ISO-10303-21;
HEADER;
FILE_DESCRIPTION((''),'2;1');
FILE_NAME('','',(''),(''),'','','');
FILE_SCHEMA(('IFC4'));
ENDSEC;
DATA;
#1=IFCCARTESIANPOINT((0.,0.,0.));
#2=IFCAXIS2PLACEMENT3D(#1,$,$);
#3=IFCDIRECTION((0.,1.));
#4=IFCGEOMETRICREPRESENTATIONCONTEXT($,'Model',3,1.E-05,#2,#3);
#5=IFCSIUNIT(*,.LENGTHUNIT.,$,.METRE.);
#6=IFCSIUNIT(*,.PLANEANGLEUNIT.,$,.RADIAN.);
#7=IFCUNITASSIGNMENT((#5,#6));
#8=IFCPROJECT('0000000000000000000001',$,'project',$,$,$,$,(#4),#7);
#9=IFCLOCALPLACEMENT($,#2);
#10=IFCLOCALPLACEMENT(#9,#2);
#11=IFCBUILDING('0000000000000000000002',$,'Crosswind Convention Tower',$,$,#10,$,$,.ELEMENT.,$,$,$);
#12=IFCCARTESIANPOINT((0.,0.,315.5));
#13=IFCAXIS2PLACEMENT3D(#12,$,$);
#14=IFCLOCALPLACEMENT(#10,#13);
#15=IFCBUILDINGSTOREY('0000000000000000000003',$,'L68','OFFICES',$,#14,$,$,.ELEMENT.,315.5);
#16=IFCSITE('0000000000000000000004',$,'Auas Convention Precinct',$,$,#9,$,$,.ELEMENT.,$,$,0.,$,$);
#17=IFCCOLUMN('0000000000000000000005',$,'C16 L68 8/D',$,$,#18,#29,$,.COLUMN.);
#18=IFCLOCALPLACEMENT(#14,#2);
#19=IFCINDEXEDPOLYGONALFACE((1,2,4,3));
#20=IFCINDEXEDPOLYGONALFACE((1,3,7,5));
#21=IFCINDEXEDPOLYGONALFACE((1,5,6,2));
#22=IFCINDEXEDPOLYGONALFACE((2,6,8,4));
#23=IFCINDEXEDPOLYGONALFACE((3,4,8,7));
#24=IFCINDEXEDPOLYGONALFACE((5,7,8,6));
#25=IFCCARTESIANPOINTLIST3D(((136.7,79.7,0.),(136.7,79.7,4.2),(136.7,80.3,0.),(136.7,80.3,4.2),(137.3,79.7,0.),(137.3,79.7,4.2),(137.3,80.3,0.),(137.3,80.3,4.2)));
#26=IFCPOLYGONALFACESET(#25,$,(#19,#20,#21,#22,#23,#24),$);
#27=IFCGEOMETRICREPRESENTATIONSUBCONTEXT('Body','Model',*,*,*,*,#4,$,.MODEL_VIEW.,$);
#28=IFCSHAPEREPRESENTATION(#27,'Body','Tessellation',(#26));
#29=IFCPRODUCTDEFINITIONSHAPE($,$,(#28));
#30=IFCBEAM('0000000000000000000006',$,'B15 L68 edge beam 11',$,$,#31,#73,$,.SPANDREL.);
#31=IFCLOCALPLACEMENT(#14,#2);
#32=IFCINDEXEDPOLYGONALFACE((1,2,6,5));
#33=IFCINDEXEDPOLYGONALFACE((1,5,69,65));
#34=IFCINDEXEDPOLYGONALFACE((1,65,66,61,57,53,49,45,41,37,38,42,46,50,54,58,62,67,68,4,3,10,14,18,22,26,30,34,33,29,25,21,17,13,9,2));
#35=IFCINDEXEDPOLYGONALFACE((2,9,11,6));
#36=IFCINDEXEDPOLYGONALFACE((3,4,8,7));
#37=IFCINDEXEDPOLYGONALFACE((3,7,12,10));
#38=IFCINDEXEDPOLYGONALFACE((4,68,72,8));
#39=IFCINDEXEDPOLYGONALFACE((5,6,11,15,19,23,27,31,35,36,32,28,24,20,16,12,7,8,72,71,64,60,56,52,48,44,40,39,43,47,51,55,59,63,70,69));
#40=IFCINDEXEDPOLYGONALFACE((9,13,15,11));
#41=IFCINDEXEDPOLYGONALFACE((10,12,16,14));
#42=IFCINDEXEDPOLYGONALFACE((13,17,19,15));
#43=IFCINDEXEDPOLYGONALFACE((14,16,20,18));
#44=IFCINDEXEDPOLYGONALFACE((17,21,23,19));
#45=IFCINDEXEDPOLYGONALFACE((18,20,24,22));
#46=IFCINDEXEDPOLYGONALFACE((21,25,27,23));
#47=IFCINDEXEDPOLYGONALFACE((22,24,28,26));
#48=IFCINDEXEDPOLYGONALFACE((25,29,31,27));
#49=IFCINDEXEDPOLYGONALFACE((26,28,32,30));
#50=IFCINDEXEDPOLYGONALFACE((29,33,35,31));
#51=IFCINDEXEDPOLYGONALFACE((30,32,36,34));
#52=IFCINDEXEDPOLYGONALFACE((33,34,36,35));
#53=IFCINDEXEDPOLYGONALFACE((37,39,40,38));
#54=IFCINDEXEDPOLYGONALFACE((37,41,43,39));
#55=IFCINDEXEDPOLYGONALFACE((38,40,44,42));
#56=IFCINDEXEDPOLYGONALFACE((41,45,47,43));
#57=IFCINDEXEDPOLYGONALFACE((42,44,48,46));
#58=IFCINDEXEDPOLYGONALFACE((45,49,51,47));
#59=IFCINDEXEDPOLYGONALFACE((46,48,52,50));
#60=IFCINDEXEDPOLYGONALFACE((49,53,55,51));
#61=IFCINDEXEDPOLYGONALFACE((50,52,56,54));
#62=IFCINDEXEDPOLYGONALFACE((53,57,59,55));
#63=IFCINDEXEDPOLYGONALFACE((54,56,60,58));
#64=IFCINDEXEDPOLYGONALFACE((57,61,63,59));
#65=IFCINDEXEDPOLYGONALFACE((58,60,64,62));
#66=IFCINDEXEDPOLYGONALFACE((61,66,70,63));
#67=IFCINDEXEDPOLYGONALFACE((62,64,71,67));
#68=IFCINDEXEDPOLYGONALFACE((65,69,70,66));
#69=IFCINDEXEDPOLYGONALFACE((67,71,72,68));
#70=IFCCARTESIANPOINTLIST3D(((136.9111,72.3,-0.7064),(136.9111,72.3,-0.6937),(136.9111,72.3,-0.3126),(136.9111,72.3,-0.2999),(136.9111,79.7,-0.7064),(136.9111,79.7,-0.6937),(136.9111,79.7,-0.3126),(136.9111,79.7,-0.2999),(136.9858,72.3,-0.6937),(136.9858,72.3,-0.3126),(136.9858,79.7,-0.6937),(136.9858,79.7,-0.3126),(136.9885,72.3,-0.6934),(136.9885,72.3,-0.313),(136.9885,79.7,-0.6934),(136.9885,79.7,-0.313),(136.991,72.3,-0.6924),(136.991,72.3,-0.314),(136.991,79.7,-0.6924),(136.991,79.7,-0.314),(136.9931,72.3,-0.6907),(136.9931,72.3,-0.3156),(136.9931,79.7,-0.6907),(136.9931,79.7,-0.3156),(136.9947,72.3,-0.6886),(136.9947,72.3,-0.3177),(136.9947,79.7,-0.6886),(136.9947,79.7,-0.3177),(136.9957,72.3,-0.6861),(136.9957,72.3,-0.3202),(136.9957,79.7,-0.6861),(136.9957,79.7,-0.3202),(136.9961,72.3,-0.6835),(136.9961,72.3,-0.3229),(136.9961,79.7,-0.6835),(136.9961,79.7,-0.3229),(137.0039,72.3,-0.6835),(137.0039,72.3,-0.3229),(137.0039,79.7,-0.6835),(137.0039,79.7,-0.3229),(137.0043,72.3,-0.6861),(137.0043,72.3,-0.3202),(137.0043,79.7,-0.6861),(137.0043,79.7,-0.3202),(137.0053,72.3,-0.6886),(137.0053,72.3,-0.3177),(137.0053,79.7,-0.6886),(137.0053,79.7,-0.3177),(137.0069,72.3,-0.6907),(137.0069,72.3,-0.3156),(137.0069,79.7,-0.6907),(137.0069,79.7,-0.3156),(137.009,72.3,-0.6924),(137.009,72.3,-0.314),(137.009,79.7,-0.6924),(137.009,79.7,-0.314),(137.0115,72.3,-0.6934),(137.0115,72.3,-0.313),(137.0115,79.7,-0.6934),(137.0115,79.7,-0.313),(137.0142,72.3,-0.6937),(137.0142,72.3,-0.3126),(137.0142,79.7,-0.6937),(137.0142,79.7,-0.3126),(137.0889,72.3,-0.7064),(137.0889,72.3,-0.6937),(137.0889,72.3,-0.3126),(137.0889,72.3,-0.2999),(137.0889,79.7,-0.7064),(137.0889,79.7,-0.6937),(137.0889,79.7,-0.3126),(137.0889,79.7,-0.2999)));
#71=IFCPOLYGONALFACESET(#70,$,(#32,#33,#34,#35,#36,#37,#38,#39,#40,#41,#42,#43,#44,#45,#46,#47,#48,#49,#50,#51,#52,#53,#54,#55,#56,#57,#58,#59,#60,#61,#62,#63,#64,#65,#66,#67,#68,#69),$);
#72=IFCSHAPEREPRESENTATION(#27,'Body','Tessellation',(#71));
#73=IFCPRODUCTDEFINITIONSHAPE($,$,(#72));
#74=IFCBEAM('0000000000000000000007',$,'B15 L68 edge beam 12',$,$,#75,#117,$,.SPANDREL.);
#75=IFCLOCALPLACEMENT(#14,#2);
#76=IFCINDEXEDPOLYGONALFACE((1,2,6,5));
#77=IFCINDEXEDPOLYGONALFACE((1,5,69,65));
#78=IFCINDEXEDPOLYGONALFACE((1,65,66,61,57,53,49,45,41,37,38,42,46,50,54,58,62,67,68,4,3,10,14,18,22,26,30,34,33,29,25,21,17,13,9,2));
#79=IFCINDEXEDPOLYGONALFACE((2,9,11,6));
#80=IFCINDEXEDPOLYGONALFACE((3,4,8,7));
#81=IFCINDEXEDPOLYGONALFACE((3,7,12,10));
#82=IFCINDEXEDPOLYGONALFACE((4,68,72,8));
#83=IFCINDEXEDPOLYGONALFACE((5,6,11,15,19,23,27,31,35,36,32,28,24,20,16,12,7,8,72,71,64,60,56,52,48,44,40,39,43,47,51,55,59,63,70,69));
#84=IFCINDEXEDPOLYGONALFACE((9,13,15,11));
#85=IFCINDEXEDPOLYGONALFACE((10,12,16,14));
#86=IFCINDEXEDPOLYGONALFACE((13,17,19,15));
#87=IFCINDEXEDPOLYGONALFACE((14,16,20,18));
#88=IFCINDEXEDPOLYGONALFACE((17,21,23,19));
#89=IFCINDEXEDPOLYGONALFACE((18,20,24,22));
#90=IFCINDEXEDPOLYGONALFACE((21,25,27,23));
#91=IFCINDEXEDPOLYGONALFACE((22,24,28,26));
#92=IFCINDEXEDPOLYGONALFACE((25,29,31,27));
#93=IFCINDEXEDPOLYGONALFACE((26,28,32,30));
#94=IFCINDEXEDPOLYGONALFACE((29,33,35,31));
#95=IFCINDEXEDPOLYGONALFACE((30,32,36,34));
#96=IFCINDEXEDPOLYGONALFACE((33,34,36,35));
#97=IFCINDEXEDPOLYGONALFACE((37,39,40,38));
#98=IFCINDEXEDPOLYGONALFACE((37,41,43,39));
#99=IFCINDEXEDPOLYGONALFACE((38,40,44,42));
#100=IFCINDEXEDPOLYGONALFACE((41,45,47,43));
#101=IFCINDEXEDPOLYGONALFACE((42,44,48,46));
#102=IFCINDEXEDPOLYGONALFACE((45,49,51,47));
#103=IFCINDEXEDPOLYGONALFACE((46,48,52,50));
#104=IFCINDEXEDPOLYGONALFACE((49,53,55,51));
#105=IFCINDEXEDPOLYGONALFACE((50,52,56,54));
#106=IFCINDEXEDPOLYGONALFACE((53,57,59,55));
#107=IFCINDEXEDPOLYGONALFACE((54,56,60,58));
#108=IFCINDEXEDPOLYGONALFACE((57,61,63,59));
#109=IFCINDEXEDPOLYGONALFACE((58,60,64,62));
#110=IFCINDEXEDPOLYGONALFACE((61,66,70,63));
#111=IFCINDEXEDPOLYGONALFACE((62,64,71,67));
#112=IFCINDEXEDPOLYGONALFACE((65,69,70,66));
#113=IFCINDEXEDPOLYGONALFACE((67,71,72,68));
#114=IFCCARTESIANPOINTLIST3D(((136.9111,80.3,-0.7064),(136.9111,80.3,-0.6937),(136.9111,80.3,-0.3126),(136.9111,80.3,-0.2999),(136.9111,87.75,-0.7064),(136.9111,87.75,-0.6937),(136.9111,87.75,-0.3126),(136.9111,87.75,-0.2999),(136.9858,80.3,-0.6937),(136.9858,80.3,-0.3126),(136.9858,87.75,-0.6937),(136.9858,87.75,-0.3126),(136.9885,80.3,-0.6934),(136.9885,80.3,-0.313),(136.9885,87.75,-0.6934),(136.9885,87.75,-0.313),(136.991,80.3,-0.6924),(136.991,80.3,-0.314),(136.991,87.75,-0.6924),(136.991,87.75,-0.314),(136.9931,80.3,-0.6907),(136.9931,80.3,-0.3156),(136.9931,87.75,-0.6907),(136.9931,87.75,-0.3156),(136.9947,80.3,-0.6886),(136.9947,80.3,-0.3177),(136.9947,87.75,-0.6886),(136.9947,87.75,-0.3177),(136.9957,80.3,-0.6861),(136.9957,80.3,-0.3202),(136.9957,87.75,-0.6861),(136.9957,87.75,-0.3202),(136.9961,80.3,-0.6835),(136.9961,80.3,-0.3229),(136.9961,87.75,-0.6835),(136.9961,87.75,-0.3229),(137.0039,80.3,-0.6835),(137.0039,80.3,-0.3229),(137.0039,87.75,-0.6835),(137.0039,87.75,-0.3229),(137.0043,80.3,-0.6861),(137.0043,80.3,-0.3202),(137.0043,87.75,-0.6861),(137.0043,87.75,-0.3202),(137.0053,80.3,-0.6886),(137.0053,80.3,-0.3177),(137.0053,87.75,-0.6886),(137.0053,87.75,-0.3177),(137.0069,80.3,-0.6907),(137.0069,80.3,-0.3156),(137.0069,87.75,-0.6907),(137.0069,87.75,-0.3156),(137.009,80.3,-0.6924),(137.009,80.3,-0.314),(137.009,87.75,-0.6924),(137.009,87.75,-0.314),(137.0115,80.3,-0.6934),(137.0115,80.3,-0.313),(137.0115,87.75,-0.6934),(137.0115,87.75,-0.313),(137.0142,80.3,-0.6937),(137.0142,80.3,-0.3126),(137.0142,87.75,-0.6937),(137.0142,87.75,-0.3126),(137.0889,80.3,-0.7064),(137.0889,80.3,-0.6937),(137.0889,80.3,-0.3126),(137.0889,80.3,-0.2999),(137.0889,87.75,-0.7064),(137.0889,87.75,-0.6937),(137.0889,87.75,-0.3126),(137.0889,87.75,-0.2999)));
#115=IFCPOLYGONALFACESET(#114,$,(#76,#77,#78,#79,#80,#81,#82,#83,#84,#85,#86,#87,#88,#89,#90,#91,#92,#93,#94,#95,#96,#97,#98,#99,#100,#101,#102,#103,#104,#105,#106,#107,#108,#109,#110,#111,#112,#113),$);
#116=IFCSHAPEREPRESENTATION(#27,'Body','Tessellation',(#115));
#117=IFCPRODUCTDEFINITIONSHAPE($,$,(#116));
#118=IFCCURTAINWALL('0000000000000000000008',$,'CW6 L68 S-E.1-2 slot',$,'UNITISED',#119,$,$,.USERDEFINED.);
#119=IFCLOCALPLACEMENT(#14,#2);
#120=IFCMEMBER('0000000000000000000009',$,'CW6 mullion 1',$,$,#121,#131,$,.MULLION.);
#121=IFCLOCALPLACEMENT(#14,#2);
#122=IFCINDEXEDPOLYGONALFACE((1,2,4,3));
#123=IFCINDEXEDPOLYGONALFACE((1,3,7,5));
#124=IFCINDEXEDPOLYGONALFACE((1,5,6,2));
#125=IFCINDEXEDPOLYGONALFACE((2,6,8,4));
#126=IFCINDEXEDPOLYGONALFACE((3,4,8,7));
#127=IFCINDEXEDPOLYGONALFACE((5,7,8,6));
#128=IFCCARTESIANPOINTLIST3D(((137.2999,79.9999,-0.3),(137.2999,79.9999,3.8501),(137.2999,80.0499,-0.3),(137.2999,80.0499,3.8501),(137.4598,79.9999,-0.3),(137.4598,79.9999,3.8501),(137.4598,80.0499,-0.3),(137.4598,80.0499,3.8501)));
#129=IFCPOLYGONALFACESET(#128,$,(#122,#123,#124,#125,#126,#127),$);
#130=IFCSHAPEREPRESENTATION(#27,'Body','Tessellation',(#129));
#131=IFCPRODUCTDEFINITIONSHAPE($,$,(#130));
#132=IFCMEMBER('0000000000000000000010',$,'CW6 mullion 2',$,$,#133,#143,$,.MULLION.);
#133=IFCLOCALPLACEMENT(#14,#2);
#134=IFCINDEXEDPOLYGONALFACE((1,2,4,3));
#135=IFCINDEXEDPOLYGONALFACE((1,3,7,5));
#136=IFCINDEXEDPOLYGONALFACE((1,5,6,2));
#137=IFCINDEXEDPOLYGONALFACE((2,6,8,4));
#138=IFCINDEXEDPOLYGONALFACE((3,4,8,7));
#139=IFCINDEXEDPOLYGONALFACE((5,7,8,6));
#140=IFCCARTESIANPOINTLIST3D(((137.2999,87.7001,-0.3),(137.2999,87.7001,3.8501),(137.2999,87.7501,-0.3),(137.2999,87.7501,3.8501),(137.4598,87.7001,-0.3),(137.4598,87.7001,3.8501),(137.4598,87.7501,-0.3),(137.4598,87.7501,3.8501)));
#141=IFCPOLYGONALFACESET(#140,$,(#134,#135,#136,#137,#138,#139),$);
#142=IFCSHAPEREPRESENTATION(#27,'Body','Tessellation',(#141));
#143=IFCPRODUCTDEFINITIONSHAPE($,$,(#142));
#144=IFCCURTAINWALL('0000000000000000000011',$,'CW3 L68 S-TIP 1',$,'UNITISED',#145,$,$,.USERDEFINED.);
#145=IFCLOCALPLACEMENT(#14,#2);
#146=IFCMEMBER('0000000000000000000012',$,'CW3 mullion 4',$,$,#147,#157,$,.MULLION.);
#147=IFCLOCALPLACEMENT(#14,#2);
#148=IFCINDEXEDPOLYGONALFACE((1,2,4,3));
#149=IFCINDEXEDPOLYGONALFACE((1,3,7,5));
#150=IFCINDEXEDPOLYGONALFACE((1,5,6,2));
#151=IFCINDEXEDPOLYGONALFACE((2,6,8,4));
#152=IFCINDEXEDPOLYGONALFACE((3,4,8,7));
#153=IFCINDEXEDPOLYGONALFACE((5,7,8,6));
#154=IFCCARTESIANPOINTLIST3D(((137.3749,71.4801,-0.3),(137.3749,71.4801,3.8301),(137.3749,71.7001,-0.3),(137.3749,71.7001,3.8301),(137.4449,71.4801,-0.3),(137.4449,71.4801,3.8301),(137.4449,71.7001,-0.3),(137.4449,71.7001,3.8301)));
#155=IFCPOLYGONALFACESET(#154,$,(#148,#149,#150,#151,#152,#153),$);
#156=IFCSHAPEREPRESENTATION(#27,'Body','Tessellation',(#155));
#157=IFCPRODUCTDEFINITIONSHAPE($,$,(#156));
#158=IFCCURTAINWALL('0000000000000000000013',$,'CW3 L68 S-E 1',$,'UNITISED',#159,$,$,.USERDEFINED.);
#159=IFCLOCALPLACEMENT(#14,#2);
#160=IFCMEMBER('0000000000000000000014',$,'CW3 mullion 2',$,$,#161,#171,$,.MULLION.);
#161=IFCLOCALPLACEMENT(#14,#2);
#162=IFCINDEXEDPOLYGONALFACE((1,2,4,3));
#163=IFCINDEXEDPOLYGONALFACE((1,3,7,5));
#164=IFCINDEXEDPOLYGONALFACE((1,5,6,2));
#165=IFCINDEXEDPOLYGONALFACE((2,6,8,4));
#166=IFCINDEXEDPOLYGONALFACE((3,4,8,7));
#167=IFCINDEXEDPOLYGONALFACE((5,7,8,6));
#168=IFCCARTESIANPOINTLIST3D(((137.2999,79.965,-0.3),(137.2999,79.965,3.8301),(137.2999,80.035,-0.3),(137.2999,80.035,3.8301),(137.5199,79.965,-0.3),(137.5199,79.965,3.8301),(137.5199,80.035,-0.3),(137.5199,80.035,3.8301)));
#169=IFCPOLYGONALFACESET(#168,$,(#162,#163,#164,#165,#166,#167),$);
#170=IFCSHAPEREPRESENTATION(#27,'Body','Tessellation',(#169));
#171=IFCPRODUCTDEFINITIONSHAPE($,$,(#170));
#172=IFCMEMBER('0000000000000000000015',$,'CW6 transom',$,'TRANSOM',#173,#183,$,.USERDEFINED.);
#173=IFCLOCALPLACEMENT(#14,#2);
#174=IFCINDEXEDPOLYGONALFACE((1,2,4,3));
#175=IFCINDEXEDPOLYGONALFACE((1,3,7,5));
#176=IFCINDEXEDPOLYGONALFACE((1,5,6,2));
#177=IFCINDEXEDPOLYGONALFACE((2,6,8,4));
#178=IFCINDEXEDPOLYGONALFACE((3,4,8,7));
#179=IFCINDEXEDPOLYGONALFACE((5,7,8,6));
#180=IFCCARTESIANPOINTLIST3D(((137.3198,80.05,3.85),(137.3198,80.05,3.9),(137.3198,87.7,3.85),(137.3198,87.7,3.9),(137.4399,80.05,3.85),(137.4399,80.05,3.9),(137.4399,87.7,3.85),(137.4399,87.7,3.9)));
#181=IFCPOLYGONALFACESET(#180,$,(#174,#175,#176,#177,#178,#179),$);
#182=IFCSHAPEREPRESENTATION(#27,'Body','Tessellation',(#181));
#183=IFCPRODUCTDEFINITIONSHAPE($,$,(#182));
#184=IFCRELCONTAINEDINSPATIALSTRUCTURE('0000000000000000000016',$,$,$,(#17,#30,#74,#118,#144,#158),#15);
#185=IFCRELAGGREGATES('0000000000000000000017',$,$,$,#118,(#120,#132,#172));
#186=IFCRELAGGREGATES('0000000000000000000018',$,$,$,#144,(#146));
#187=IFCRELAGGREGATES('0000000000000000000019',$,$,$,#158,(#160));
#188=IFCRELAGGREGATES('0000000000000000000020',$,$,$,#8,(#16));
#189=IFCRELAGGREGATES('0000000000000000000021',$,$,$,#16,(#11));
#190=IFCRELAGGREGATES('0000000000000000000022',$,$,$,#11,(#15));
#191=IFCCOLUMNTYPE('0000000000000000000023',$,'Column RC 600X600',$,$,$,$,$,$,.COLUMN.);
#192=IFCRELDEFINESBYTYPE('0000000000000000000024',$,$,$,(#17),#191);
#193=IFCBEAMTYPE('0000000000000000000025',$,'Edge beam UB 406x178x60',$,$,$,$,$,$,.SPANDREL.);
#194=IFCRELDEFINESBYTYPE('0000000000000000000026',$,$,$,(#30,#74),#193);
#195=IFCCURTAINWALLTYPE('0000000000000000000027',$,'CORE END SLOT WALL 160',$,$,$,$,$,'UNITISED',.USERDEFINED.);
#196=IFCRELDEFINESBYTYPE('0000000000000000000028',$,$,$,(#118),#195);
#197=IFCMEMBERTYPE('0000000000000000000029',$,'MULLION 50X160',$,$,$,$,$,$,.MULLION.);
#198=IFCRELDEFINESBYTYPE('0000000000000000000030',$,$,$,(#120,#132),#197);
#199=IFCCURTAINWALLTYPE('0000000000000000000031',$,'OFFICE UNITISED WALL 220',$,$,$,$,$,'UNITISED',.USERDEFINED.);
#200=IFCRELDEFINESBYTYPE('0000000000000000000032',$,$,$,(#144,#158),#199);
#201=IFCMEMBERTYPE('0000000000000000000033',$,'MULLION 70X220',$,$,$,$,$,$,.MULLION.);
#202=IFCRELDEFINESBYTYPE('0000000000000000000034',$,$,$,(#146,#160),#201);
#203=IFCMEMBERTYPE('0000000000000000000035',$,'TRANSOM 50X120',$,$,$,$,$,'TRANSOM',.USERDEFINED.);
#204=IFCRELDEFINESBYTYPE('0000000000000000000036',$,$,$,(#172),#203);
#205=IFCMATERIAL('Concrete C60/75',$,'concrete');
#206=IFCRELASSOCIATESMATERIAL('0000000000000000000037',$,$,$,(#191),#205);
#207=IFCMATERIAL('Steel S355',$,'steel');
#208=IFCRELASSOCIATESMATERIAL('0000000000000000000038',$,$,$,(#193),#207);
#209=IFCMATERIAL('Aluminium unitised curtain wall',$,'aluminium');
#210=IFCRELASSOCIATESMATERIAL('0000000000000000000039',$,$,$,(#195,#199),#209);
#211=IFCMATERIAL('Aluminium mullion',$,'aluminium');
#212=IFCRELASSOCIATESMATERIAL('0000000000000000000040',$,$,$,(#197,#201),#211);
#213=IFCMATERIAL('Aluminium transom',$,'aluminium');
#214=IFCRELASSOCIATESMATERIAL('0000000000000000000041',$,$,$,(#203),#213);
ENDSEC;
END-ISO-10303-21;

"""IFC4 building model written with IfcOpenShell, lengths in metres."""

from ifc_helpers import new_model, si_unit, direction, frame, origin, origin_2d, place, context, subcontext, project, spatial, rectangle, i_section, extrude, material, material_profile, profile_set, type_object, element, aggregate, save


model = new_model("IFC4")

# Units and contexts
model_context = context("Model", 3, precision=1e-05, world=origin(), true_north=direction((0.0, 1.0)))
body_context = subcontext(model_context, "Body", "Model", "MODEL_VIEW")
ifc_project = project(units=[si_unit("LENGTHUNIT", "METRE"), si_unit("PLANEANGLEUNIT", "RADIAN")], contexts=[model_context])

# Site, building, storey
site_placement = place(None, origin())
site = spatial("IfcSite", under=ifc_project, at=site_placement, Name="Auas Convention Precinct", CompositionType="ELEMENT", RefElevation=0.0)
building_placement = place(site_placement, origin())
building = spatial("IfcBuilding", under=site, at=building_placement, Name="Crosswind Convention Tower", CompositionType="ELEMENT")
storey_placement = place(building_placement, frame((0.0, 0.0, 315.5)))
storey = spatial("IfcBuildingStorey", under=building, at=storey_placement, Name="L68", Description="OFFICES", CompositionType="ELEMENT", Elevation=315.5)

# Column
ifc_material_1 = material(Name="Concrete C60/75", Category="concrete")
ifc_material_profile_1 = material_profile(ifc_material_1, rectangle(XDim=0.6001, YDim=0.6001, at=origin_2d()), Name="RC 600X600")
ifc_profile_set_1 = profile_set([ifc_material_profile_1], Name="Concrete C60/75")
column_type = type_object("IfcColumnType", Name="Column RC 600X600", PredefinedType="COLUMN", material=ifc_profile_set_1)
column_placement = place(storey_placement, frame((137.0, 80.0, 0.0), z_axis=(0.0, 0.0, 1.0), x_axis=(1.0, 0.0, 0.0)))
element("IfcColumn", 1, at=column_placement, inside=storey, type_object=column_type, Name="C16 L68 8/D", PredefinedType="COLUMN", context=body_context, shape_type="SweptSolid", body=[
    extrude(rectangle(XDim=0.6001, YDim=0.6001, at=origin_2d()), origin(), (0.0, 0.0, 1.0), 4.2),
])

# Beams
ifc_material_2 = material(Name="Steel S355", Category="steel")
ifc_material_profile_2 = material_profile(ifc_material_2, i_section(OverallWidth=0.1777, OverallDepth=0.4065, WebThickness=0.0078, FlangeThickness=0.0127, FilletRadius=0.0103, at=origin_2d()), Name="UB 406x178x60")
ifc_profile_set_2 = profile_set([ifc_material_profile_2], Name="Steel S355")
beam_type = type_object("IfcBeamType", Name="Edge beam UB 406x178x60", PredefinedType="SPANDREL", material=ifc_profile_set_2)
beam_1_placement = place(storey_placement, frame((137.0, 72.3, -0.5032), z_axis=(0.0, 1.0, 0.0), x_axis=(-1.0, 0.0, 0.0)))
element("IfcBeam", 2, at=beam_1_placement, inside=storey, type_object=beam_type, Name="B15 L68 edge beam 11", PredefinedType="SPANDREL", context=body_context, shape_type="SweptSolid", body=[
    extrude(i_section(OverallWidth=0.1777, OverallDepth=0.4065, WebThickness=0.0078, FlangeThickness=0.0127, FilletRadius=0.0103, at=origin_2d()), origin(), (0.0, 0.0, 1.0), 7.3999),
])
beam_2_placement = place(storey_placement, frame((137.0, 80.3, -0.5032), z_axis=(0.0, 1.0, 0.0), x_axis=(-1.0, 0.0, 0.0)))
element("IfcBeam", 3, at=beam_2_placement, inside=storey, type_object=beam_type, Name="B15 L68 edge beam 12", PredefinedType="SPANDREL", context=body_context, shape_type="SweptSolid", body=[
    extrude(i_section(OverallWidth=0.1777, OverallDepth=0.4065, WebThickness=0.0078, FlangeThickness=0.0127, FilletRadius=0.0103, at=origin_2d()), origin(), (0.0, 0.0, 1.0), 7.45),
])

# Curtain wall, members
ifc_material_3 = material(Name="Aluminium unitised curtain wall", Category="aluminium")
curtain_wall_type_1 = type_object("IfcCurtainWallType", Name="CORE END SLOT WALL 160", ElementType="UNITISED", PredefinedType="USERDEFINED", material=ifc_material_3)
curtain_wall_1_placement = place(storey_placement, origin())
curtain_wall_1 = element("IfcCurtainWall", 4, at=curtain_wall_1_placement, inside=storey, type_object=curtain_wall_type_1, Name="CW6 L68 S-E.1-2 slot", ObjectType="UNITISED", PredefinedType="USERDEFINED")
ifc_material_4 = material(Name="Aluminium mullion", Category="aluminium")
ifc_material_profile_3 = material_profile(ifc_material_4, rectangle(XDim=0.1599, YDim=0.05, at=origin_2d()), Name="AL 160X50")
ifc_profile_set_3 = profile_set([ifc_material_profile_3], Name="Aluminium mullion")
member_type_1 = type_object("IfcMemberType", Name="MULLION 50X160", PredefinedType="MULLION", material=ifc_profile_set_3)
member_1_placement = place(storey_placement, frame((137.3799, 80.0249, -0.3), z_axis=(0.0, 0.0, 1.0), x_axis=(1.0, 0.0, 0.0)))
member_1 = element("IfcMember", 5, at=member_1_placement, type_object=member_type_1, Name="CW6 mullion 1", PredefinedType="MULLION", context=body_context, shape_type="SweptSolid", body=[
    extrude(rectangle(XDim=0.1599, YDim=0.05, at=origin_2d()), origin(), (0.0, 0.0, 1.0), 4.1501),
])
member_2_placement = place(storey_placement, frame((137.3799, 87.7251, -0.3), z_axis=(0.0, 0.0, 1.0), x_axis=(1.0, 0.0, 0.0)))
member_2 = element("IfcMember", 6, at=member_2_placement, type_object=member_type_1, Name="CW6 mullion 2", PredefinedType="MULLION", context=body_context, shape_type="SweptSolid", body=[
    extrude(rectangle(XDim=0.1599, YDim=0.05, at=origin_2d()), origin(), (0.0, 0.0, 1.0), 4.1501),
])

# Curtain walls, members
curtain_wall_type_2 = type_object("IfcCurtainWallType", Name="OFFICE UNITISED WALL 220", ElementType="UNITISED", PredefinedType="USERDEFINED", material=ifc_material_3)
curtain_wall_2_placement = place(storey_placement, origin())
curtain_wall_2 = element("IfcCurtainWall", 7, at=curtain_wall_2_placement, inside=storey, type_object=curtain_wall_type_2, Name="CW3 L68 S-TIP 1", ObjectType="UNITISED", PredefinedType="USERDEFINED")
ifc_material_profile_4 = material_profile(ifc_material_4, rectangle(XDim=0.22, YDim=0.0701, at=origin_2d()), Name="AL 220X70")
ifc_profile_set_4 = profile_set([ifc_material_profile_4], Name="Aluminium mullion")
member_type_2 = type_object("IfcMemberType", Name="MULLION 70X220", PredefinedType="MULLION", material=ifc_profile_set_4)
member_3_placement = place(storey_placement, frame((137.4099, 71.5901, -0.3), z_axis=(0.0, 0.0, 1.0), x_axis=(0.0, -1.0, 0.0)))
member_3 = element("IfcMember", 8, at=member_3_placement, type_object=member_type_2, Name="CW3 mullion 4", PredefinedType="MULLION", context=body_context, shape_type="SweptSolid", body=[
    extrude(rectangle(XDim=0.22, YDim=0.0701, at=origin_2d()), origin(), (0.0, 0.0, 1.0), 4.1301),
])
curtain_wall_3_placement = place(storey_placement, origin())
curtain_wall_3 = element("IfcCurtainWall", 9, at=curtain_wall_3_placement, inside=storey, type_object=curtain_wall_type_2, Name="CW3 L68 S-E 1", ObjectType="UNITISED", PredefinedType="USERDEFINED")
member_4_placement = place(storey_placement, frame((137.4099, 80.0, -0.3), z_axis=(0.0, 0.0, 1.0), x_axis=(1.0, 0.0, 0.0)))
member_4 = element("IfcMember", 10, at=member_4_placement, type_object=member_type_2, Name="CW3 mullion 2", PredefinedType="MULLION", context=body_context, shape_type="SweptSolid", body=[
    extrude(rectangle(XDim=0.22, YDim=0.0701, at=origin_2d()), origin(), (0.0, 0.0, 1.0), 4.1301),
])

# Member
ifc_material_5 = material(Name="Aluminium transom", Category="aluminium")
ifc_material_profile_5 = material_profile(ifc_material_5, rectangle(XDim=0.1201, YDim=0.05, at=origin_2d()), Name="AL 120X50")
ifc_profile_set_5 = profile_set([ifc_material_profile_5], Name="Aluminium transom")
member_type_3 = type_object("IfcMemberType", Name="TRANSOM 50X120", ElementType="TRANSOM", PredefinedType="USERDEFINED", material=ifc_profile_set_5)
member_5_placement = place(storey_placement, frame((137.3799, 80.05, 3.875), z_axis=(0.0, 1.0, 0.0), x_axis=(-1.0, 0.0, 0.0)))
member_5 = element("IfcMember", 11, at=member_5_placement, type_object=member_type_3, Name="CW6 transom", ObjectType="TRANSOM", PredefinedType="USERDEFINED", context=body_context, shape_type="SweptSolid", body=[
    extrude(rectangle(XDim=0.1201, YDim=0.05, at=origin_2d()), origin(), (0.0, 0.0, 1.0), 7.6499),
])

aggregate(curtain_wall_1, [member_1, member_2, member_5])
aggregate(curtain_wall_2, [member_3])

aggregate(curtain_wall_3, [member_4])

save(model, "model.ifc")
